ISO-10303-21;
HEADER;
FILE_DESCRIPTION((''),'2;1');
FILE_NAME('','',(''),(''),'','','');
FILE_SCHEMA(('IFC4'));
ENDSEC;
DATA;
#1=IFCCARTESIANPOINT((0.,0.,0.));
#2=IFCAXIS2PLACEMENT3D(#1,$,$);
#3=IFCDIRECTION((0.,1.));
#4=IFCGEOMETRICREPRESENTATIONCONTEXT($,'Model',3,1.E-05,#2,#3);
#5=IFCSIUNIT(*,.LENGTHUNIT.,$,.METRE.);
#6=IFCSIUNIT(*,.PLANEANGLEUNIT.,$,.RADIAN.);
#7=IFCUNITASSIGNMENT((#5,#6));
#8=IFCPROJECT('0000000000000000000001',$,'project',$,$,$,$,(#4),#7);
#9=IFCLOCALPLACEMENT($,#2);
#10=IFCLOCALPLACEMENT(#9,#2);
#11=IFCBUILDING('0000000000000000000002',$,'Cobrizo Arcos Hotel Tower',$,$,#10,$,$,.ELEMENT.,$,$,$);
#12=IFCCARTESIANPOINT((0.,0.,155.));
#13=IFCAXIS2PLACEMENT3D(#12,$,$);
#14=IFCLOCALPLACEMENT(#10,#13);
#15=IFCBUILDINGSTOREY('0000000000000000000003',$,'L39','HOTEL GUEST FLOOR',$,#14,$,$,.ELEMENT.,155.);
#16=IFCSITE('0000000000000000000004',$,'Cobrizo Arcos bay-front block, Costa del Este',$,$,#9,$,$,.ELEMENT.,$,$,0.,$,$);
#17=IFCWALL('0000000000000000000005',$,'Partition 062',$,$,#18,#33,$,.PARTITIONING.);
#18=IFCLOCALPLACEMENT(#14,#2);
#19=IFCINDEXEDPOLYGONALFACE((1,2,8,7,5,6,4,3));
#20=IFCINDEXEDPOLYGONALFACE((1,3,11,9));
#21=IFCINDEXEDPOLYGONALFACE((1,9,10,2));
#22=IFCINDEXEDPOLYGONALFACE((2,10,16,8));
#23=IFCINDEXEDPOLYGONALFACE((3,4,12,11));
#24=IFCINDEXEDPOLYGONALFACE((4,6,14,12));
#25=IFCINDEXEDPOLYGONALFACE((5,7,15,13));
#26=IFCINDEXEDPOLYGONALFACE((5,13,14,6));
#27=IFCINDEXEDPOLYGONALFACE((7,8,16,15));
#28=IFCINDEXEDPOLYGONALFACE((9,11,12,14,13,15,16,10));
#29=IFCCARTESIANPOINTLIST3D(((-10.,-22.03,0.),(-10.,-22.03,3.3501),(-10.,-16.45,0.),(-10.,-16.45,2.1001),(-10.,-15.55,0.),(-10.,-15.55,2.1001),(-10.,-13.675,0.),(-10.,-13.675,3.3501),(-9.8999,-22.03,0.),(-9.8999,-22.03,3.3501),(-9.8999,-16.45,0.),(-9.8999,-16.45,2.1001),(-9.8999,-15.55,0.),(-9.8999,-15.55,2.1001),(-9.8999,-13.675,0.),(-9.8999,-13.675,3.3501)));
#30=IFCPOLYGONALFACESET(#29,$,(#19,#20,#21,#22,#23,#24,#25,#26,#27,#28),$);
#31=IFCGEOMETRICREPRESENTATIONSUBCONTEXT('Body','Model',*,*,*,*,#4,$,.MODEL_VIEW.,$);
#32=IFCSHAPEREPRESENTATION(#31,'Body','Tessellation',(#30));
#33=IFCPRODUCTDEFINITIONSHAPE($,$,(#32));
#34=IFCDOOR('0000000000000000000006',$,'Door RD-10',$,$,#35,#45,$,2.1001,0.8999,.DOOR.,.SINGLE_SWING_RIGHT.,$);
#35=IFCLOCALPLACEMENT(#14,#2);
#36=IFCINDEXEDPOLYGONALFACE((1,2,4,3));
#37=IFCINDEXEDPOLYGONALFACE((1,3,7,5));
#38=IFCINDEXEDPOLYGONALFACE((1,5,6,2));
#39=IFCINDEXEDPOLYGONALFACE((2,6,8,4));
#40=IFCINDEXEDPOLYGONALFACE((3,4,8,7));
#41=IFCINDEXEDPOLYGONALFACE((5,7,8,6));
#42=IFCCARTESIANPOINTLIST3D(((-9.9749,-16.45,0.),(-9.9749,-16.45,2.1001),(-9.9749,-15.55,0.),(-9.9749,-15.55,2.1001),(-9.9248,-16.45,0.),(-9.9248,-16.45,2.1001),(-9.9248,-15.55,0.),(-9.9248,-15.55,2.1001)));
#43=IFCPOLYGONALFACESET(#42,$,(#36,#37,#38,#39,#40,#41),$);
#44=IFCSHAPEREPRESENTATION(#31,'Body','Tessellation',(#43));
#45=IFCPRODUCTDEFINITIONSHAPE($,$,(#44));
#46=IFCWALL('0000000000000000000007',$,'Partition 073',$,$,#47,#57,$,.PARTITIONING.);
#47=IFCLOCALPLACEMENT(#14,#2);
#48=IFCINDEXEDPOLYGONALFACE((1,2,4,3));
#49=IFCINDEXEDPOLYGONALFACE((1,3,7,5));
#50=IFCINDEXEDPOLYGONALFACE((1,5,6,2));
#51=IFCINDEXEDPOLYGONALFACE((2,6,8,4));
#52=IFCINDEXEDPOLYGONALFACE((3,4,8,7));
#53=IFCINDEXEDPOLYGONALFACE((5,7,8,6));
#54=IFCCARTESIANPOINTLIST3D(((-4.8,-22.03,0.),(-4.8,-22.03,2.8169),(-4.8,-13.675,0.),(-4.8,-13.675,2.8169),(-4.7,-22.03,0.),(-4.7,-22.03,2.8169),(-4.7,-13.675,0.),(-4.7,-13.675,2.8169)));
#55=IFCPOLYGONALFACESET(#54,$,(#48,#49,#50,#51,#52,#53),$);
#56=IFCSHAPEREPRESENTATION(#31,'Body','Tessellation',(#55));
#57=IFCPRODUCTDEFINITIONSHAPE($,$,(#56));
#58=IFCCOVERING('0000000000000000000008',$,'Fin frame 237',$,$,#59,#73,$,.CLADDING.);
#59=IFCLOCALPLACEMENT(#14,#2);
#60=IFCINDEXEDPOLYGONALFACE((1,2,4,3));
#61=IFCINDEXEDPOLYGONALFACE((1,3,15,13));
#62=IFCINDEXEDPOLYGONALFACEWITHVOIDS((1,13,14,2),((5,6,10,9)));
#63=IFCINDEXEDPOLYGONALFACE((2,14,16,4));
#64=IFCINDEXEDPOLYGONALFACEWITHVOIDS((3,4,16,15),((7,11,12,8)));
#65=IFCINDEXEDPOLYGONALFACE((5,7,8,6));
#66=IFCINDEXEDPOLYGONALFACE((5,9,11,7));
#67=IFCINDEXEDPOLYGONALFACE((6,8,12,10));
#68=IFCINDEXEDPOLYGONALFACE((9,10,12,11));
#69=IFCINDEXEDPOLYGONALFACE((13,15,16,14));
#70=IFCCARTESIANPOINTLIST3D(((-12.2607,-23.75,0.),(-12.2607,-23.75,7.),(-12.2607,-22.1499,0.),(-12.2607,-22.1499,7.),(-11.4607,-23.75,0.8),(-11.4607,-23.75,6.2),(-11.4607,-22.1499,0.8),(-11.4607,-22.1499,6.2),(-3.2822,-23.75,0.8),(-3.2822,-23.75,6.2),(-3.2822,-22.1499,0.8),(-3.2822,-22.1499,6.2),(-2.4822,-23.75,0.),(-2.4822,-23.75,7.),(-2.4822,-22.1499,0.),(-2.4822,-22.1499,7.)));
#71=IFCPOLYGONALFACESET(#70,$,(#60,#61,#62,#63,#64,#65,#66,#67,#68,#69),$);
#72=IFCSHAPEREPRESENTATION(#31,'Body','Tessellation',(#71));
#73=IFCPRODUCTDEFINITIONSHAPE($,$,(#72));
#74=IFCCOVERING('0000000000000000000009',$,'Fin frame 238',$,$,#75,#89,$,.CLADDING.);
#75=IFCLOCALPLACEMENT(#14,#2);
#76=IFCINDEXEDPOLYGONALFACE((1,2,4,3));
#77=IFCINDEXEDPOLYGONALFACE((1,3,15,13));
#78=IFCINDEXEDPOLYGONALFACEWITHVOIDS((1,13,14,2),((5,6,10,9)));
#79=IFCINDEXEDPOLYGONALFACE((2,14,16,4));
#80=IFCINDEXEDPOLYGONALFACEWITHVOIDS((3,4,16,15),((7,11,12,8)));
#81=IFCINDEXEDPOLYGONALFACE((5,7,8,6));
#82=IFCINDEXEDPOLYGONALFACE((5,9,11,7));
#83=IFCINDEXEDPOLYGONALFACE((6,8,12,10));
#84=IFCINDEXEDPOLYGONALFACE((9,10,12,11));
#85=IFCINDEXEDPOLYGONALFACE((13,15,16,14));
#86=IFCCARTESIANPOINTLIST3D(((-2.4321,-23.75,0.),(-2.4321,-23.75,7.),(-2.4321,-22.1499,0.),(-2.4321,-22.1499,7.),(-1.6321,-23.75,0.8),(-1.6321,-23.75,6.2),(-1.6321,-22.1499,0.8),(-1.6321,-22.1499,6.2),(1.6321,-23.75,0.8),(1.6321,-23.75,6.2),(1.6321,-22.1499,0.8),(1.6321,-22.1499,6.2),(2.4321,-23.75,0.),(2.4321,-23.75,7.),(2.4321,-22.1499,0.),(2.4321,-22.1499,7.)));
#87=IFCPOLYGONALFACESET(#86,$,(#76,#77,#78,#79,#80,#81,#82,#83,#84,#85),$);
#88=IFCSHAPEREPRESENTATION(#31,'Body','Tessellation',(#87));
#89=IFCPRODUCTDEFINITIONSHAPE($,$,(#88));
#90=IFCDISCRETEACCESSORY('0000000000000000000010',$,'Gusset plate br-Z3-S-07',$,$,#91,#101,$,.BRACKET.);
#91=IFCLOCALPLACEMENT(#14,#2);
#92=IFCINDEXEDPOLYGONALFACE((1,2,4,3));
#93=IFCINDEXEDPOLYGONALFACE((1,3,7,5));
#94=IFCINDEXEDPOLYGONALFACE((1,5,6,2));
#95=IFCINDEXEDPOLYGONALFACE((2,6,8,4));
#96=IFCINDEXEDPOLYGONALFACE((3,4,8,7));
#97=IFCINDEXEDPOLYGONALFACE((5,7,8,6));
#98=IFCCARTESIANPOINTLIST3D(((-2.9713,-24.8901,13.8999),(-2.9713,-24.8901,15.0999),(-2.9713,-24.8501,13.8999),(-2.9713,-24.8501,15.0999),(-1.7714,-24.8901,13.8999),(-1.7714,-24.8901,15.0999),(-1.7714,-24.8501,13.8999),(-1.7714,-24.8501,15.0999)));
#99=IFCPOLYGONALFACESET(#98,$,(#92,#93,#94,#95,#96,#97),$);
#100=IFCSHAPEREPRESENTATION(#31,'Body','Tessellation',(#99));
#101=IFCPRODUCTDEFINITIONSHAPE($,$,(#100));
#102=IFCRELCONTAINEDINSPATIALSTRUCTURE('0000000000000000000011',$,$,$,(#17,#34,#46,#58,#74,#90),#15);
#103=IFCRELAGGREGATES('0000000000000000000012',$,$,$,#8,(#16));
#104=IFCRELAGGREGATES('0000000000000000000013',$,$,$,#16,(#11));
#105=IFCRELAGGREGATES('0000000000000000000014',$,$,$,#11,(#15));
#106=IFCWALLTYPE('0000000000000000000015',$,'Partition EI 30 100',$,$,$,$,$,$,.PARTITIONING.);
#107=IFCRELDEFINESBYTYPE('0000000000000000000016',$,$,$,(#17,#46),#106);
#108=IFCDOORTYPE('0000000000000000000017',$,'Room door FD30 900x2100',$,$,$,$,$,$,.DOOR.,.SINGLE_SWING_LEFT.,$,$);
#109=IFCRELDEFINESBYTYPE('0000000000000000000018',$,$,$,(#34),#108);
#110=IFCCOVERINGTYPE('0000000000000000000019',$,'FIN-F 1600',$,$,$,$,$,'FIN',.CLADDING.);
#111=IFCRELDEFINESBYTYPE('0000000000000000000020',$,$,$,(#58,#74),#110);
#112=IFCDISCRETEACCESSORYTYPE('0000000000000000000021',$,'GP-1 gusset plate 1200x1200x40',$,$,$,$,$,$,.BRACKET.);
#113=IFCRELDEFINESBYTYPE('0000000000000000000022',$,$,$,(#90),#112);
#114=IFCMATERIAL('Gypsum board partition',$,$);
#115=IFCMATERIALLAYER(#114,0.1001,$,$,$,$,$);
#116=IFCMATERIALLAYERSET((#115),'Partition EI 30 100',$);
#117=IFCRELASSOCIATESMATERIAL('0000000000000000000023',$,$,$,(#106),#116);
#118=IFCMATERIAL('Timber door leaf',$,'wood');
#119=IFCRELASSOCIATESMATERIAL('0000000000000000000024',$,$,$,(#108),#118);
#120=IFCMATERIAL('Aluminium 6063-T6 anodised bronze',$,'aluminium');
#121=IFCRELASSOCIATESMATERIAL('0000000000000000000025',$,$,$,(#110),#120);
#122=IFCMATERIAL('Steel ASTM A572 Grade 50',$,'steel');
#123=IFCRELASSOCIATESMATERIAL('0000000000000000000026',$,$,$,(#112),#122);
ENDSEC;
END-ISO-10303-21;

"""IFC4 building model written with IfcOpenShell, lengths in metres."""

from ifc_helpers import new_model, si_unit, direction, frame, frame_2d, origin, origin_2d, place, context, subcontext, project, spatial, polyline, rectangle, outline, extrude, material, layer, layer_set, type_object, element, fill, save


model = new_model("IFC4")

# Units and contexts
model_context = context("Model", 3, precision=1e-05, world=origin(), true_north=direction((0.0, 1.0)))
body_context = subcontext(model_context, "Body", "Model", "MODEL_VIEW")
ifc_project = project(units=[si_unit("LENGTHUNIT", "METRE"), si_unit("PLANEANGLEUNIT", "RADIAN")], contexts=[model_context])

# Site, building, storey
site_placement = place(None, origin())
site = spatial("IfcSite", under=ifc_project, at=site_placement, Name="Cobrizo Arcos bay-front block, Costa del Este", CompositionType="ELEMENT", RefElevation=0.0)
building_placement = place(site_placement, origin())
building = spatial("IfcBuilding", under=site, at=building_placement, Name="Cobrizo Arcos Hotel Tower", CompositionType="ELEMENT")
storey_placement = place(building_placement, frame((0.0, 0.0, 155.0)))
storey = spatial("IfcBuildingStorey", under=building, at=storey_placement, Name="L39", Description="HOTEL GUEST FLOOR", CompositionType="ELEMENT", Elevation=155.0)

# Shared definitions
ifc_material_1 = material(Name="Steel ASTM A572 Grade 50", Category="steel")

# Shared definitions
ifc_material_2 = material(Name="Aluminium 6063-T6 anodised bronze", Category="aluminium")

# Shared definitions
ifc_material_3 = material(Name="Gypsum board partition")
ifc_layer_1 = layer(ifc_material_3, 0.1001)
ifc_layer_set_1 = layer_set([ifc_layer_1], Name="Partition EI 30 100")
wall_type = type_object("IfcWallType", Name="Partition EI 30 100", PredefinedType="PARTITIONING", material=ifc_layer_set_1)

# Wall, opening, door
wall_1_placement = place(storey_placement, frame((-9.95, -22.03, 0.0), z_axis=(0.0, 0.0, 1.0), x_axis=(0.0, 1.0, 0.0)))
wall_1 = element("IfcWall", 1, at=wall_1_placement, inside=storey, type_object=wall_type, Name="Partition 062", PredefinedType="PARTITIONING", context=body_context, shape_type="SweptSolid", body=[
    extrude(rectangle(XDim=8.355, YDim=0.1001, at=frame_2d((4.1775, 0.0))), origin(), (0.0, 0.0, 1.0), 3.3501),
])
opening_placement = place(wall_1_placement, frame((5.5801, 0.0, 0.0)))
opening = element("IfcOpeningElement", 2, at=opening_placement, cuts=wall_1, PredefinedType="OPENING", context=body_context, shape_type="SweptSolid", body=[
    extrude(rectangle(XDim=0.8999, YDim=2.1001, at=frame_2d((0.45, 1.05))), frame((0.0, 0.062, 0.0), z_axis=(0.0, -1.0, 0.0), x_axis=(1.0, 0.0, 0.0)), (0.0, 0.0, 1.0), 0.124),
])
ifc_material_4 = material(Name="Timber door leaf", Category="wood")
door_type = type_object("IfcDoorType", Name="Room door FD30 900x2100", OperationType="SINGLE_SWING_LEFT", PredefinedType="DOOR", material=ifc_material_4)
door_placement = place(opening_placement, origin())
door = element("IfcDoor", 3, at=door_placement, inside=storey, type_object=door_type, Name="Door RD-10", OperationType="SINGLE_SWING_RIGHT", OverallHeight=2.1001, OverallWidth=0.8999, PredefinedType="DOOR", context=body_context, shape_type="SweptSolid", body=[
    extrude(rectangle(XDim=0.8999, YDim=2.1001, at=frame_2d((0.45, 1.05))), frame((0.0, 0.0249, 0.0), z_axis=(0.0, -1.0, 0.0), x_axis=(1.0, 0.0, 0.0)), (0.0, 0.0, 1.0), 0.05),
])
fill(opening, door)

# Wall
wall_2_placement = place(storey_placement, frame((-4.75, -22.03, 0.0), z_axis=(0.0, 0.0, 1.0), x_axis=(0.0, 1.0, 0.0)))
element("IfcWall", 4, at=wall_2_placement, inside=storey, type_object=wall_type, Name="Partition 073", PredefinedType="PARTITIONING", context=body_context, shape_type="SweptSolid", body=[
    extrude(rectangle(XDim=8.355, YDim=0.1001, at=frame_2d((4.1775, 0.0))), origin(), (0.0, 0.0, 1.0), 2.8169),
])

# Coverings
covering_type = type_object("IfcCoveringType", Name="FIN-F 1600", ElementType="FIN", PredefinedType="CLADDING", material=ifc_material_2)
covering_1_placement = place(storey_placement, frame((-12.2607, -22.1499, 0.0), z_axis=(0.0, -1.0, 0.0), x_axis=(1.0, 0.0, 0.0)))
element("IfcCovering", 5, at=covering_1_placement, inside=storey, type_object=covering_type, Name="Fin frame 237", PredefinedType="CLADDING", context=body_context, shape_type="SweptSolid", body=[
    extrude(outline(polyline([(0.0, 7.0), (0.0, 0.0), (9.7786, 0.0), (9.7786, 7.0), (0.0, 7.0)]), holes=[polyline([(8.9785, 0.8), (0.8, 0.8), (0.8, 6.2), (8.9785, 6.2), (8.9785, 0.8)])]), origin(), (0.0, 0.0, 1.0), 1.6001),
])
covering_2_placement = place(storey_placement, frame((-2.4321, -22.1499, 0.0), z_axis=(0.0, -1.0, 0.0), x_axis=(1.0, 0.0, 0.0)))
element("IfcCovering", 6, at=covering_2_placement, inside=storey, type_object=covering_type, Name="Fin frame 238", PredefinedType="CLADDING", context=body_context, shape_type="SweptSolid", body=[
    extrude(outline(polyline([(0.0, 7.0), (0.0, 0.0), (4.8643, 0.0), (4.8643, 7.0), (0.0, 7.0)]), holes=[polyline([(4.0642, 0.8), (0.8, 0.8), (0.8, 6.2), (4.0642, 6.2), (4.0642, 0.8)])]), origin(), (0.0, 0.0, 1.0), 1.6001),
])

# Discrete accessory
discrete_accessory_type = type_object("IfcDiscreteAccessoryType", Name="GP-1 gusset plate 1200x1200x40", PredefinedType="BRACKET", material=ifc_material_1)
discrete_accessory_placement = place(storey_placement, frame((-2.3713, -24.8701, 13.8999), z_axis=(0.0, 0.0, 1.0), x_axis=(1.0, 0.0, 0.0)))
element("IfcDiscreteAccessory", 7, at=discrete_accessory_placement, inside=storey, type_object=discrete_accessory_type, Name="Gusset plate br-Z3-S-07", PredefinedType="BRACKET", context=body_context, shape_type="SweptSolid", body=[
    extrude(rectangle(XDim=1.2, YDim=0.04, at=origin_2d()), origin(), (0.0, 0.0, 1.0), 1.2),
])

save(model, "model.ifc")
